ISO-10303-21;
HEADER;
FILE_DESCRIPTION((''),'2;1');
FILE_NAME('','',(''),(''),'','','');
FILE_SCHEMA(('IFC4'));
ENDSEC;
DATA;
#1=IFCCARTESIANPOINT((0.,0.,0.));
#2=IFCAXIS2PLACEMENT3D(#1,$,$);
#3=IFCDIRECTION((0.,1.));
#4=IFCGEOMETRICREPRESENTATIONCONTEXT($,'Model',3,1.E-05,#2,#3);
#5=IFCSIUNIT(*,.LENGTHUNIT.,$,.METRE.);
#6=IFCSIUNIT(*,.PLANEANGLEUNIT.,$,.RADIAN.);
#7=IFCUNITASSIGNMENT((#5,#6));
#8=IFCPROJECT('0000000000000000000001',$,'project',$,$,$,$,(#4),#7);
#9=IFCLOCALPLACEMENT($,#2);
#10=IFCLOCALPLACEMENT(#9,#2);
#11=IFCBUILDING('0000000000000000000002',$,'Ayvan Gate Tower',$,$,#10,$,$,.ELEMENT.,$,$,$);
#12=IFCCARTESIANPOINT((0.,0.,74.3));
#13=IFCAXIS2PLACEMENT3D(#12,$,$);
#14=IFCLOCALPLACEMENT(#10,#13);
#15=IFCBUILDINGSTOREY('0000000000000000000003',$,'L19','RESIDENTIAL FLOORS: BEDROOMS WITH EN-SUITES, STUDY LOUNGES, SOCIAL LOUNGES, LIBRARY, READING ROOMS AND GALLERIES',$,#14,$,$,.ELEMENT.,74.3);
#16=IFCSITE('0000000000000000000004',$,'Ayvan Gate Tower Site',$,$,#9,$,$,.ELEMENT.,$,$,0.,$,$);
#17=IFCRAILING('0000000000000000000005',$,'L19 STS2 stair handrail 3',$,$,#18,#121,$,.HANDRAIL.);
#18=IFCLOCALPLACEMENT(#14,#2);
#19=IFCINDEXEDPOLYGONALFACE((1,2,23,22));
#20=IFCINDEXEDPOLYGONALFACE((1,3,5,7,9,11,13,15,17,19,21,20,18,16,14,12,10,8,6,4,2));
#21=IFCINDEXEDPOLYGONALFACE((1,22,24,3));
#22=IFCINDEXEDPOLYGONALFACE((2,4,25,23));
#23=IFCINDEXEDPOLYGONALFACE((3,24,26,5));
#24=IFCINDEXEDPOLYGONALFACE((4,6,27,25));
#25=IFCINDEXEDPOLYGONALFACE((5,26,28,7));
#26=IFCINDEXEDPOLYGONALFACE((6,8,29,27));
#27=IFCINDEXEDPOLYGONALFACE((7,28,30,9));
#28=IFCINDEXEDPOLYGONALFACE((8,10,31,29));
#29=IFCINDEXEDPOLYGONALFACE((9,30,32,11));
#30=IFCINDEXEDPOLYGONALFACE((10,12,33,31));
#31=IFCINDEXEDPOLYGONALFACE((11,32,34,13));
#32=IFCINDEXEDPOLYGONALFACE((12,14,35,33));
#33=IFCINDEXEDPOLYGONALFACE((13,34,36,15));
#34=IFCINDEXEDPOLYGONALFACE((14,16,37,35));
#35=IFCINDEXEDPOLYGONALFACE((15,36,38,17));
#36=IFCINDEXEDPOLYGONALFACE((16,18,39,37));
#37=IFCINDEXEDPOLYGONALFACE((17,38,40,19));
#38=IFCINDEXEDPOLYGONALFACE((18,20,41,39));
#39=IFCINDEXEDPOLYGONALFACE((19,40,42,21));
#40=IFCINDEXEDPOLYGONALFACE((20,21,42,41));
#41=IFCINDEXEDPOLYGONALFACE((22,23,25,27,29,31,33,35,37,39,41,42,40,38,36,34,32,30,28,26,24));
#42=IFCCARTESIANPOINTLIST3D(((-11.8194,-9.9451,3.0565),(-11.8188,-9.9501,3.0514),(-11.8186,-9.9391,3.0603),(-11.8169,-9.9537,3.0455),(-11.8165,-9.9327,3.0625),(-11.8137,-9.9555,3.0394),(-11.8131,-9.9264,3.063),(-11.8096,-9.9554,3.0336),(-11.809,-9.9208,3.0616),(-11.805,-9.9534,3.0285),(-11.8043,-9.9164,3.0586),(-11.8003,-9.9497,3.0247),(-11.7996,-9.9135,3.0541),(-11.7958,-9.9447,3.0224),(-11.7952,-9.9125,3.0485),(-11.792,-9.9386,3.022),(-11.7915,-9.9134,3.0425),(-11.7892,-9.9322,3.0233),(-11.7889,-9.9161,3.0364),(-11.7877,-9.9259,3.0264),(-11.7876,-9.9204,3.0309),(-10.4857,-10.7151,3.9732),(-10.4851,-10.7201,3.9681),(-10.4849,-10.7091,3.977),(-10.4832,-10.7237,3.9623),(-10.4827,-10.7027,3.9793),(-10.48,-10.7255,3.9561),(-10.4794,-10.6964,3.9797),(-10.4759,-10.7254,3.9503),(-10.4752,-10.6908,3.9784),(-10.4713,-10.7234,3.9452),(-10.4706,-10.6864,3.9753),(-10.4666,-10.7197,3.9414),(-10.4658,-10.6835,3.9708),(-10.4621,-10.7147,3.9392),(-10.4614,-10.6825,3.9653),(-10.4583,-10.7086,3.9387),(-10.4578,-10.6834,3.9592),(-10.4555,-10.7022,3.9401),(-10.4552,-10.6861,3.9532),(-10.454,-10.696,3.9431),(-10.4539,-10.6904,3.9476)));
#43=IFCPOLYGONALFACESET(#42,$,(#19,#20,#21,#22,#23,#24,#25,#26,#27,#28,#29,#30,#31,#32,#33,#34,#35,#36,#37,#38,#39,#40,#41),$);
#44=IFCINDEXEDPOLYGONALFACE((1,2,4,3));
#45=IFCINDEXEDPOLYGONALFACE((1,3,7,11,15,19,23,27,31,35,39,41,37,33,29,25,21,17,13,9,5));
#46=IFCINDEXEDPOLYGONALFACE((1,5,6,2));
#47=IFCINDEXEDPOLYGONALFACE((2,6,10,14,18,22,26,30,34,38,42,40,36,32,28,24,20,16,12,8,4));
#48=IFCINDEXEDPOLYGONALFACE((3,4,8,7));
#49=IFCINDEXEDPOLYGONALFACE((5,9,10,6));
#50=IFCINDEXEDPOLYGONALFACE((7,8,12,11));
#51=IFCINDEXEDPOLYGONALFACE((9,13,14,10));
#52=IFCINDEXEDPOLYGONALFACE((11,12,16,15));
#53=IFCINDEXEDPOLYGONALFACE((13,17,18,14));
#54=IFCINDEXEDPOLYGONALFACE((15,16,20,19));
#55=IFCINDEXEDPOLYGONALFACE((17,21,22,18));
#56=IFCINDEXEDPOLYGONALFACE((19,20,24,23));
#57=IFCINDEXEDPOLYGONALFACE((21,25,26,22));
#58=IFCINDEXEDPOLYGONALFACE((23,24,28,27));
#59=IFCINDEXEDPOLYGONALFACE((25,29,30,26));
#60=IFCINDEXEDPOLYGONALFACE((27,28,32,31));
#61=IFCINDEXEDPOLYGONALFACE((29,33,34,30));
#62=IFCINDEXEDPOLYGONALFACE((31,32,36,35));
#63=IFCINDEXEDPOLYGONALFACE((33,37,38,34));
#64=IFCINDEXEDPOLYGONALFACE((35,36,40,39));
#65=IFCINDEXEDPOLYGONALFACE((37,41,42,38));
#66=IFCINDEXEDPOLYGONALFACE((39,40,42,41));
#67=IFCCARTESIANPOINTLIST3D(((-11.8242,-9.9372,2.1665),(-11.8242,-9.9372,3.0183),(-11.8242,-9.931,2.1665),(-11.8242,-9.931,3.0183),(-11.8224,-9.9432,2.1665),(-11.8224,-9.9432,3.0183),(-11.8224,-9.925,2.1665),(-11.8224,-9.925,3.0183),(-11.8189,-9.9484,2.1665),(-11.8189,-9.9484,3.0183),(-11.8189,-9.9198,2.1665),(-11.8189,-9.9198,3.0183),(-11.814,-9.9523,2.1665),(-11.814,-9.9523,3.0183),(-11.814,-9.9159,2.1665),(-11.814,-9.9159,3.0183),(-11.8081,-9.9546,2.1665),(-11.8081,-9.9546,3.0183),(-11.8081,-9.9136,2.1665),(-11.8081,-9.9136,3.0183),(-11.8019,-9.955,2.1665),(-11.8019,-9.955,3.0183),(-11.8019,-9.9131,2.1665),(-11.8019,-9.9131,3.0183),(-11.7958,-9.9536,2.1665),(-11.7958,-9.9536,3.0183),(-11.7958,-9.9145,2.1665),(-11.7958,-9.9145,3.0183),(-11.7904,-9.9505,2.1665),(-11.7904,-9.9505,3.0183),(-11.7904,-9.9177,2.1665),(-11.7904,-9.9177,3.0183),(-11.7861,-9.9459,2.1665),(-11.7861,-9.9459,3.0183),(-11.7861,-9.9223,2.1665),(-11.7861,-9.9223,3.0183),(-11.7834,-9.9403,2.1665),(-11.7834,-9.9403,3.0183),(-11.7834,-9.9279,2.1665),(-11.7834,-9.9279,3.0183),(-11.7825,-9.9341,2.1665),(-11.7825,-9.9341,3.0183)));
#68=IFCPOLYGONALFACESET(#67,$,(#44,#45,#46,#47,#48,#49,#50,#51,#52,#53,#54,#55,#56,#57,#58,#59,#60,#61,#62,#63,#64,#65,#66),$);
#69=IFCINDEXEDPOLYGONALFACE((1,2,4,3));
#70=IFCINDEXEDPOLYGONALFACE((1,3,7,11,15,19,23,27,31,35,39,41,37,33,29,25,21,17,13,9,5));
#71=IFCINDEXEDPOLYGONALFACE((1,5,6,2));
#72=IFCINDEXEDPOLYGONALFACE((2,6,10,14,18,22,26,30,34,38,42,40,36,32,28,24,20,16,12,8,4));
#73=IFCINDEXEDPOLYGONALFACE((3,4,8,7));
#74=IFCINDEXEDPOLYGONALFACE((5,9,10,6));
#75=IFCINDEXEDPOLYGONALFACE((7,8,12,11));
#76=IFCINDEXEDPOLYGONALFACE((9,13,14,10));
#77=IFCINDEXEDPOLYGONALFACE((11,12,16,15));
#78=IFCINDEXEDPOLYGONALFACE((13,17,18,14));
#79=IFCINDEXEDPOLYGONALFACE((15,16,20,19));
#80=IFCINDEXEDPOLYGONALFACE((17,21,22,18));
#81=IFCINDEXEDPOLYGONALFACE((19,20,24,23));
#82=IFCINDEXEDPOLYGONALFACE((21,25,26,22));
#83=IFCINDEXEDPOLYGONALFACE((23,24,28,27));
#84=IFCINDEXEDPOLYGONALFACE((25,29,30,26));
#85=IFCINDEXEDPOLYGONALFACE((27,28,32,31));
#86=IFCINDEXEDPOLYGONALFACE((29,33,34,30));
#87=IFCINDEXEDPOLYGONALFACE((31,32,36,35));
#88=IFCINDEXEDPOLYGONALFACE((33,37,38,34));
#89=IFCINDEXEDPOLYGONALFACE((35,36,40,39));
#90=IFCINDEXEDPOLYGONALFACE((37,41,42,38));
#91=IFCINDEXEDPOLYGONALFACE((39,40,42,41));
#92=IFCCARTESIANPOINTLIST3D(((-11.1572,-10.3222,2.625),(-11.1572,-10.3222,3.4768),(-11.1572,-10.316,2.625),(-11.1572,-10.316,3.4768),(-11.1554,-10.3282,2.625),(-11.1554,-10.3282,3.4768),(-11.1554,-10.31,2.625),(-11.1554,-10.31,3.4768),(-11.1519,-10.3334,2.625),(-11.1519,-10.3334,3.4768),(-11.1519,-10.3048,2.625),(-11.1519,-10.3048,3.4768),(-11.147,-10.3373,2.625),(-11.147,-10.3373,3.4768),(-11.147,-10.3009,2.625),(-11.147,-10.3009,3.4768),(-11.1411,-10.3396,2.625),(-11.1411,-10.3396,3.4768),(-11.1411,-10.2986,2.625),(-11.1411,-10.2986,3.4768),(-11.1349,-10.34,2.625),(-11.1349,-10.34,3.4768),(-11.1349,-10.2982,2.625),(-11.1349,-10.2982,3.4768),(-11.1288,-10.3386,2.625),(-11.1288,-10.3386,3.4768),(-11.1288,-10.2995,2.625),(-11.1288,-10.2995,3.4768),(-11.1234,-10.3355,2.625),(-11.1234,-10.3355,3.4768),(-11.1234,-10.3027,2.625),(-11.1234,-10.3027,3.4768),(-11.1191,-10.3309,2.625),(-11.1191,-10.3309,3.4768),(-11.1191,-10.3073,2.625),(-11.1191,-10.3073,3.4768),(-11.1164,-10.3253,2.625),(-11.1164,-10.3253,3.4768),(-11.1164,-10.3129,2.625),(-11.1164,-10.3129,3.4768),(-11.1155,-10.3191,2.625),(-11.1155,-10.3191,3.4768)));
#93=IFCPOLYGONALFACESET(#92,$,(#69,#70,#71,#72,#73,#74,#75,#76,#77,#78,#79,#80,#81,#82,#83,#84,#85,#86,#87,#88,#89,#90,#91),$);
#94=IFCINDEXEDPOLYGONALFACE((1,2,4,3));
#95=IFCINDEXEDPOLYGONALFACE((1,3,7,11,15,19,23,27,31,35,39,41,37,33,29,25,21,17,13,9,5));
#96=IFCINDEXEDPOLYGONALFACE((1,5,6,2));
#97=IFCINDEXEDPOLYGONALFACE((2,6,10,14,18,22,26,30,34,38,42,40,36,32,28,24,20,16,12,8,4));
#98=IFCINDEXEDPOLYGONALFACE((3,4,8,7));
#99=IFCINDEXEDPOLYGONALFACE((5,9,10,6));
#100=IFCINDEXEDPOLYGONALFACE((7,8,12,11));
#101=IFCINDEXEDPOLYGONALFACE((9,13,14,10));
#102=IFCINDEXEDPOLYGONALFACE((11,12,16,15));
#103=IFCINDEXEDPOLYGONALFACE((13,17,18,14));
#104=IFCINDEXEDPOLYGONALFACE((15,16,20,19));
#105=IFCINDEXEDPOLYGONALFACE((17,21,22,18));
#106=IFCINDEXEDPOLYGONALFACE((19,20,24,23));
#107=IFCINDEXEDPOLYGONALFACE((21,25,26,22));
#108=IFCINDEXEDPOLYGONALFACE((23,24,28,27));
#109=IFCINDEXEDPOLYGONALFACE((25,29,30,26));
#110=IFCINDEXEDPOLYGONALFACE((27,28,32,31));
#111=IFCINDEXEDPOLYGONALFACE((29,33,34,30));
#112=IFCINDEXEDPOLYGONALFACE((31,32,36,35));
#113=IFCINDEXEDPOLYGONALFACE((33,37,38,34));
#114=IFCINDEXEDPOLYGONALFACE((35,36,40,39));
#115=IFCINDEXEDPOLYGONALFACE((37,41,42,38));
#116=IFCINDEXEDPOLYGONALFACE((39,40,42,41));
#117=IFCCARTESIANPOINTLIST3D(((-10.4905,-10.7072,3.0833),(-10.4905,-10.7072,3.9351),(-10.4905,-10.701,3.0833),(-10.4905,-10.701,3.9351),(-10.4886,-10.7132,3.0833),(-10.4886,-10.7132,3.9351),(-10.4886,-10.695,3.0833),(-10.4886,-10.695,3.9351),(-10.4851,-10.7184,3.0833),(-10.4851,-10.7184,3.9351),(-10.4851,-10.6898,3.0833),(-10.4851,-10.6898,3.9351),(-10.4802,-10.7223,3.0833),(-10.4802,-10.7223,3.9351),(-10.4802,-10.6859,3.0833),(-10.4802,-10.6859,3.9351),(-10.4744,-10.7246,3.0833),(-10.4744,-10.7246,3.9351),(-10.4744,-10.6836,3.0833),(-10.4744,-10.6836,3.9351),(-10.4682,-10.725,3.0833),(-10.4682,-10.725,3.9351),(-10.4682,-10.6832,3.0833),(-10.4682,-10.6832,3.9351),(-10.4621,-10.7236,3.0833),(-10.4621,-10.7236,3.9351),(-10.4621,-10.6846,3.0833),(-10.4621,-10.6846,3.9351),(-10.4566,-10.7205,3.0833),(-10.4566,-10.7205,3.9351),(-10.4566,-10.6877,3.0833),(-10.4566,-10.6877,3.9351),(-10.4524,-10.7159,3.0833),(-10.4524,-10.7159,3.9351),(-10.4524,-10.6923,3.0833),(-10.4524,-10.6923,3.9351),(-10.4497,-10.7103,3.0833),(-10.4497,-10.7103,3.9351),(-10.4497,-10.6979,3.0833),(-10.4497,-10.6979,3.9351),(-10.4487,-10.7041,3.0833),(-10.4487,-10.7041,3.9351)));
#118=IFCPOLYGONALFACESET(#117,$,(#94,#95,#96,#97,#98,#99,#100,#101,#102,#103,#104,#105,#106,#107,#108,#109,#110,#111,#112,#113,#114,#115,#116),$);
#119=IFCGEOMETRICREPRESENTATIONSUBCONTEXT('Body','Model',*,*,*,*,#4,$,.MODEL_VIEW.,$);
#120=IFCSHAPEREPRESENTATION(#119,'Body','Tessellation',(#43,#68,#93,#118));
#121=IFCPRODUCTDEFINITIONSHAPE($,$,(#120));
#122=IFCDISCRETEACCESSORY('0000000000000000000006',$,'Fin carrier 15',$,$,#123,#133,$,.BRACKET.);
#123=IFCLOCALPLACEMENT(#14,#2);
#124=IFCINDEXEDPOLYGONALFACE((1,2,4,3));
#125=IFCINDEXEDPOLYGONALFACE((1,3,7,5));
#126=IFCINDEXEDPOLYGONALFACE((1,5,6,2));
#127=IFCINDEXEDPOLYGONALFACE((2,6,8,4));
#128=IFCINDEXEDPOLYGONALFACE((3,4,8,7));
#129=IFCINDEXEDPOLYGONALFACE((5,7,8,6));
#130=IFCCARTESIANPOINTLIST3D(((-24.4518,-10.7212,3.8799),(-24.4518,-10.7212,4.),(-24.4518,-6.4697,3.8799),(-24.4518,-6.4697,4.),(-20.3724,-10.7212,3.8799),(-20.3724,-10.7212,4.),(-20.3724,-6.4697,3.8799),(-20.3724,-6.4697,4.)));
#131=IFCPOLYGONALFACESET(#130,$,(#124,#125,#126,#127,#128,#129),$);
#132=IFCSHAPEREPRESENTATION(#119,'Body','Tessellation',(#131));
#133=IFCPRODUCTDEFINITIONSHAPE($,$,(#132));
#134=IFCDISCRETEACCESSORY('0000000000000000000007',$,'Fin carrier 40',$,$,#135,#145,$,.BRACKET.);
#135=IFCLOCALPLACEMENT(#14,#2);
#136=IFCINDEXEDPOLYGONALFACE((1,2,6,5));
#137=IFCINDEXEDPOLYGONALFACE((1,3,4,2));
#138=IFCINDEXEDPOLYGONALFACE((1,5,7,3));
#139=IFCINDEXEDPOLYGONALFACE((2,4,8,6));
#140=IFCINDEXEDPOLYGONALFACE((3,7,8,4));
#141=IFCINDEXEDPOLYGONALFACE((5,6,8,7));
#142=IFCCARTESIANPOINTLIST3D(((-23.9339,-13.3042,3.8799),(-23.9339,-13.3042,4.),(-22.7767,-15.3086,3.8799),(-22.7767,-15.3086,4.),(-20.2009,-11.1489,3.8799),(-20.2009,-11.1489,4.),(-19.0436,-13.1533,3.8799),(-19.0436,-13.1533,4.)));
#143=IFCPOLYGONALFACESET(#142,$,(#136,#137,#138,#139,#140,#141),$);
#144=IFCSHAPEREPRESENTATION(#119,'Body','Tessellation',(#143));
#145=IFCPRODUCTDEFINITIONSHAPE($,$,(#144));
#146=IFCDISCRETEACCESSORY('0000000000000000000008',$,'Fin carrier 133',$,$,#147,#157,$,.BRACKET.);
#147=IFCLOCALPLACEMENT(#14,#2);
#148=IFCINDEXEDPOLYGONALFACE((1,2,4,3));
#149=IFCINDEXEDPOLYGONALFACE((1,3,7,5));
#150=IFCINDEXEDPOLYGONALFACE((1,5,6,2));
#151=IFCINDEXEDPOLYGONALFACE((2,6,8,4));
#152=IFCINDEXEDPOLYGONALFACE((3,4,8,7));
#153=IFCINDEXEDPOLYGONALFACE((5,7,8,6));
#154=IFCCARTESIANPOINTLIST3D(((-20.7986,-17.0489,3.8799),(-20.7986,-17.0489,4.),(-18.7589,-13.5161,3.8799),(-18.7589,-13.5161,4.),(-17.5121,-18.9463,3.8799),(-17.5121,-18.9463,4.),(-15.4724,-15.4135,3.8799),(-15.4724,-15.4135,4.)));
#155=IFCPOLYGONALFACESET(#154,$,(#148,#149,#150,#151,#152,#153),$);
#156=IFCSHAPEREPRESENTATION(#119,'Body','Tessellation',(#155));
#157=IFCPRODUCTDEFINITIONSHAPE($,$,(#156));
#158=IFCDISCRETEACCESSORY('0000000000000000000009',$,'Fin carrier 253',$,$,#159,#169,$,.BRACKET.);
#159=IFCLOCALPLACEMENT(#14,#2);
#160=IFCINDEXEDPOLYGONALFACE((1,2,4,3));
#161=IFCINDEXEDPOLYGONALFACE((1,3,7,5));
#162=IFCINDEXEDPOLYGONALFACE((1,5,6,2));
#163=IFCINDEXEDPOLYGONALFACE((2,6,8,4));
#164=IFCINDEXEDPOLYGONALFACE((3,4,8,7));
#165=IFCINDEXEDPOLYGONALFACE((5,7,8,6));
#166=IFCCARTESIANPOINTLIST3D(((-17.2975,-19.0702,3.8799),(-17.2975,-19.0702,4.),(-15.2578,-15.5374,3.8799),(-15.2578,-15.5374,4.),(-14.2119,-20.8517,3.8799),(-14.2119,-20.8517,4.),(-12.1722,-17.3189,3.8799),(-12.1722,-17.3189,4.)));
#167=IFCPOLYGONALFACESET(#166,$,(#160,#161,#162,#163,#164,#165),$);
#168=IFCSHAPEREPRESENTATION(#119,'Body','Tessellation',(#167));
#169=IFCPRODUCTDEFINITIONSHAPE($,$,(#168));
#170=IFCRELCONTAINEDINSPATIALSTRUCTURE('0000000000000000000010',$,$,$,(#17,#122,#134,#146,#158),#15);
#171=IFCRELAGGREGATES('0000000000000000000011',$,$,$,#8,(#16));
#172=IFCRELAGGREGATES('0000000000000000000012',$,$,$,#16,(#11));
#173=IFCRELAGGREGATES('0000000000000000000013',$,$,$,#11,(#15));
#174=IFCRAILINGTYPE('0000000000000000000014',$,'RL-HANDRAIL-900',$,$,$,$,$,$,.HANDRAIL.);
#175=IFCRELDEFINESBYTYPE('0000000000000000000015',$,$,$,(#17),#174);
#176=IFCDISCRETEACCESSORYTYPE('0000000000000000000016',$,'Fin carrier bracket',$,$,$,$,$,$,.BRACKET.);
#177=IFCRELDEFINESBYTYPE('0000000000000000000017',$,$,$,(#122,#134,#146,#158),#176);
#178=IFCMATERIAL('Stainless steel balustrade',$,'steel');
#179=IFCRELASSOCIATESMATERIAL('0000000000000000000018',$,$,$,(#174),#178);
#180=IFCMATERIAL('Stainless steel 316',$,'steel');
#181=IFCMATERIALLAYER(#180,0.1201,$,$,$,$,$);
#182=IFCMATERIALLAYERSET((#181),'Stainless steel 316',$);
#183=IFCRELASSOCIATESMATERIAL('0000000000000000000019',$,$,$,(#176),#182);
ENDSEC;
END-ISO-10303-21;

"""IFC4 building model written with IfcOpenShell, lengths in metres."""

from ifc_helpers import new_model, si_unit, direction, frame, origin, origin_2d, place, context, subcontext, project, spatial, rectangle, circle, extrude, material, layer, layer_set, type_object, element, save


model = new_model("IFC4")

# Units and contexts
model_context = context("Model", 3, precision=1e-05, world=origin(), true_north=direction((0.0, 1.0)))
body_context = subcontext(model_context, "Body", "Model", "MODEL_VIEW")
ifc_project = project(units=[si_unit("LENGTHUNIT", "METRE"), si_unit("PLANEANGLEUNIT", "RADIAN")], contexts=[model_context])

# Site, building, storey
site_placement = place(None, origin())
site = spatial("IfcSite", under=ifc_project, at=site_placement, Name="Ayvan Gate Tower Site", CompositionType="ELEMENT", RefElevation=0.0)
building_placement = place(site_placement, origin())
building = spatial("IfcBuilding", under=site, at=building_placement, Name="Ayvan Gate Tower", CompositionType="ELEMENT")
storey_placement = place(building_placement, frame((0.0, 0.0, 74.3)))
storey = spatial("IfcBuildingStorey", under=building, at=storey_placement, Name="L19", Description="RESIDENTIAL FLOORS: BEDROOMS WITH EN-SUITES, STUDY LOUNGES, SOCIAL LOUNGES, LIBRARY, READING ROOMS AND GALLERIES", CompositionType="ELEMENT", Elevation=74.3)

# Railing
ifc_material_1 = material(Name="Stainless steel balustrade", Category="steel")
railing_type = type_object("IfcRailingType", Name="RL-HANDRAIL-900", PredefinedType="HANDRAIL", material=ifc_material_1)
railing_placement = place(storey_placement, frame((-11.8035, -9.9341, 2.1665)))
element("IfcRailing", 1, at=railing_placement, inside=storey, type_object=railing_type, Name="L19 STS2 stair handrail 3", PredefinedType="HANDRAIL", context=body_context, shape_type="SweptSolid", body=[
    extrude(circle(Radius=0.0239, at=origin_2d()), frame((0.0, 0.0, 0.876), z_axis=(0.744164, -0.429634, 0.511502), x_axis=(0.499992, 0.86603, 0.0)), (0.0, 0.0, 1.0), 1.7922),
    extrude(circle(Radius=0.021, at=origin_2d()), origin(), (0.0, 0.0, 1.0), 0.8518),
    extrude(circle(Radius=0.021, at=origin_2d()), frame((0.667, -0.385, 0.4585)), (0.0, 0.0, 1.0), 0.8518),
    extrude(circle(Radius=0.021, at=origin_2d()), frame((1.3337, -0.77, 0.9167)), (0.0, 0.0, 1.0), 0.8518),
])

# Discrete accessories
ifc_material_2 = material(Name="Stainless steel 316", Category="steel")
ifc_layer_1 = layer(ifc_material_2, 0.1201)
ifc_layer_set_1 = layer_set([ifc_layer_1], Name="Stainless steel 316")
discrete_accessory_type = type_object("IfcDiscreteAccessoryType", Name="Fin carrier bracket", PredefinedType="BRACKET", material=ifc_layer_set_1)
discrete_accessory_1_placement = place(storey_placement, frame((-22.4121, -8.5955, 3.8799), z_axis=(0.0, 0.0, 1.0), x_axis=(0.0, -1.0, 0.0)))
element("IfcDiscreteAccessory", 2, at=discrete_accessory_1_placement, inside=storey, type_object=discrete_accessory_type, Name="Fin carrier 15", PredefinedType="BRACKET", context=body_context, shape_type="SweptSolid", body=[
    extrude(rectangle(XDim=4.2515, YDim=4.0793, at=origin_2d()), origin(), (0.0, 0.0, 1.0), 0.1201),
])
discrete_accessory_2_placement = place(storey_placement, frame((-21.4888, -13.2288, 3.8799), z_axis=(0.0, 0.0, 1.0), x_axis=(0.5, -0.866025, 0.0)))
element("IfcDiscreteAccessory", 3, at=discrete_accessory_2_placement, inside=storey, type_object=discrete_accessory_type, Name="Fin carrier 40", PredefinedType="BRACKET", context=body_context, shape_type="SweptSolid", body=[
    extrude(rectangle(XDim=2.3145, YDim=4.3105, at=origin_2d()), origin(), (0.0, 0.0, 1.0), 0.1201),
])
discrete_accessory_3_placement = place(storey_placement, frame((-18.1355, -16.2312, 3.8799), z_axis=(0.0, 0.0, 1.0), x_axis=(0.866025, -0.5, 0.0)))
element("IfcDiscreteAccessory", 4, at=discrete_accessory_3_placement, inside=storey, type_object=discrete_accessory_type, Name="Fin carrier 133", PredefinedType="BRACKET", context=body_context, shape_type="SweptSolid", body=[
    extrude(rectangle(XDim=3.7949, YDim=4.0793, at=origin_2d()), origin(), (0.0, 0.0, 1.0), 0.1201),
])
discrete_accessory_4_placement = place(storey_placement, frame((-14.7349, -18.1946, 3.8799), z_axis=(0.0, 0.0, 1.0), x_axis=(0.866025, -0.5, 0.0)))
element("IfcDiscreteAccessory", 5, at=discrete_accessory_4_placement, inside=storey, type_object=discrete_accessory_type, Name="Fin carrier 253", PredefinedType="BRACKET", context=body_context, shape_type="SweptSolid", body=[
    extrude(rectangle(XDim=3.563, YDim=4.0793, at=origin_2d()), origin(), (0.0, 0.0, 1.0), 0.1201),
])

save(model, "model.ifc")
